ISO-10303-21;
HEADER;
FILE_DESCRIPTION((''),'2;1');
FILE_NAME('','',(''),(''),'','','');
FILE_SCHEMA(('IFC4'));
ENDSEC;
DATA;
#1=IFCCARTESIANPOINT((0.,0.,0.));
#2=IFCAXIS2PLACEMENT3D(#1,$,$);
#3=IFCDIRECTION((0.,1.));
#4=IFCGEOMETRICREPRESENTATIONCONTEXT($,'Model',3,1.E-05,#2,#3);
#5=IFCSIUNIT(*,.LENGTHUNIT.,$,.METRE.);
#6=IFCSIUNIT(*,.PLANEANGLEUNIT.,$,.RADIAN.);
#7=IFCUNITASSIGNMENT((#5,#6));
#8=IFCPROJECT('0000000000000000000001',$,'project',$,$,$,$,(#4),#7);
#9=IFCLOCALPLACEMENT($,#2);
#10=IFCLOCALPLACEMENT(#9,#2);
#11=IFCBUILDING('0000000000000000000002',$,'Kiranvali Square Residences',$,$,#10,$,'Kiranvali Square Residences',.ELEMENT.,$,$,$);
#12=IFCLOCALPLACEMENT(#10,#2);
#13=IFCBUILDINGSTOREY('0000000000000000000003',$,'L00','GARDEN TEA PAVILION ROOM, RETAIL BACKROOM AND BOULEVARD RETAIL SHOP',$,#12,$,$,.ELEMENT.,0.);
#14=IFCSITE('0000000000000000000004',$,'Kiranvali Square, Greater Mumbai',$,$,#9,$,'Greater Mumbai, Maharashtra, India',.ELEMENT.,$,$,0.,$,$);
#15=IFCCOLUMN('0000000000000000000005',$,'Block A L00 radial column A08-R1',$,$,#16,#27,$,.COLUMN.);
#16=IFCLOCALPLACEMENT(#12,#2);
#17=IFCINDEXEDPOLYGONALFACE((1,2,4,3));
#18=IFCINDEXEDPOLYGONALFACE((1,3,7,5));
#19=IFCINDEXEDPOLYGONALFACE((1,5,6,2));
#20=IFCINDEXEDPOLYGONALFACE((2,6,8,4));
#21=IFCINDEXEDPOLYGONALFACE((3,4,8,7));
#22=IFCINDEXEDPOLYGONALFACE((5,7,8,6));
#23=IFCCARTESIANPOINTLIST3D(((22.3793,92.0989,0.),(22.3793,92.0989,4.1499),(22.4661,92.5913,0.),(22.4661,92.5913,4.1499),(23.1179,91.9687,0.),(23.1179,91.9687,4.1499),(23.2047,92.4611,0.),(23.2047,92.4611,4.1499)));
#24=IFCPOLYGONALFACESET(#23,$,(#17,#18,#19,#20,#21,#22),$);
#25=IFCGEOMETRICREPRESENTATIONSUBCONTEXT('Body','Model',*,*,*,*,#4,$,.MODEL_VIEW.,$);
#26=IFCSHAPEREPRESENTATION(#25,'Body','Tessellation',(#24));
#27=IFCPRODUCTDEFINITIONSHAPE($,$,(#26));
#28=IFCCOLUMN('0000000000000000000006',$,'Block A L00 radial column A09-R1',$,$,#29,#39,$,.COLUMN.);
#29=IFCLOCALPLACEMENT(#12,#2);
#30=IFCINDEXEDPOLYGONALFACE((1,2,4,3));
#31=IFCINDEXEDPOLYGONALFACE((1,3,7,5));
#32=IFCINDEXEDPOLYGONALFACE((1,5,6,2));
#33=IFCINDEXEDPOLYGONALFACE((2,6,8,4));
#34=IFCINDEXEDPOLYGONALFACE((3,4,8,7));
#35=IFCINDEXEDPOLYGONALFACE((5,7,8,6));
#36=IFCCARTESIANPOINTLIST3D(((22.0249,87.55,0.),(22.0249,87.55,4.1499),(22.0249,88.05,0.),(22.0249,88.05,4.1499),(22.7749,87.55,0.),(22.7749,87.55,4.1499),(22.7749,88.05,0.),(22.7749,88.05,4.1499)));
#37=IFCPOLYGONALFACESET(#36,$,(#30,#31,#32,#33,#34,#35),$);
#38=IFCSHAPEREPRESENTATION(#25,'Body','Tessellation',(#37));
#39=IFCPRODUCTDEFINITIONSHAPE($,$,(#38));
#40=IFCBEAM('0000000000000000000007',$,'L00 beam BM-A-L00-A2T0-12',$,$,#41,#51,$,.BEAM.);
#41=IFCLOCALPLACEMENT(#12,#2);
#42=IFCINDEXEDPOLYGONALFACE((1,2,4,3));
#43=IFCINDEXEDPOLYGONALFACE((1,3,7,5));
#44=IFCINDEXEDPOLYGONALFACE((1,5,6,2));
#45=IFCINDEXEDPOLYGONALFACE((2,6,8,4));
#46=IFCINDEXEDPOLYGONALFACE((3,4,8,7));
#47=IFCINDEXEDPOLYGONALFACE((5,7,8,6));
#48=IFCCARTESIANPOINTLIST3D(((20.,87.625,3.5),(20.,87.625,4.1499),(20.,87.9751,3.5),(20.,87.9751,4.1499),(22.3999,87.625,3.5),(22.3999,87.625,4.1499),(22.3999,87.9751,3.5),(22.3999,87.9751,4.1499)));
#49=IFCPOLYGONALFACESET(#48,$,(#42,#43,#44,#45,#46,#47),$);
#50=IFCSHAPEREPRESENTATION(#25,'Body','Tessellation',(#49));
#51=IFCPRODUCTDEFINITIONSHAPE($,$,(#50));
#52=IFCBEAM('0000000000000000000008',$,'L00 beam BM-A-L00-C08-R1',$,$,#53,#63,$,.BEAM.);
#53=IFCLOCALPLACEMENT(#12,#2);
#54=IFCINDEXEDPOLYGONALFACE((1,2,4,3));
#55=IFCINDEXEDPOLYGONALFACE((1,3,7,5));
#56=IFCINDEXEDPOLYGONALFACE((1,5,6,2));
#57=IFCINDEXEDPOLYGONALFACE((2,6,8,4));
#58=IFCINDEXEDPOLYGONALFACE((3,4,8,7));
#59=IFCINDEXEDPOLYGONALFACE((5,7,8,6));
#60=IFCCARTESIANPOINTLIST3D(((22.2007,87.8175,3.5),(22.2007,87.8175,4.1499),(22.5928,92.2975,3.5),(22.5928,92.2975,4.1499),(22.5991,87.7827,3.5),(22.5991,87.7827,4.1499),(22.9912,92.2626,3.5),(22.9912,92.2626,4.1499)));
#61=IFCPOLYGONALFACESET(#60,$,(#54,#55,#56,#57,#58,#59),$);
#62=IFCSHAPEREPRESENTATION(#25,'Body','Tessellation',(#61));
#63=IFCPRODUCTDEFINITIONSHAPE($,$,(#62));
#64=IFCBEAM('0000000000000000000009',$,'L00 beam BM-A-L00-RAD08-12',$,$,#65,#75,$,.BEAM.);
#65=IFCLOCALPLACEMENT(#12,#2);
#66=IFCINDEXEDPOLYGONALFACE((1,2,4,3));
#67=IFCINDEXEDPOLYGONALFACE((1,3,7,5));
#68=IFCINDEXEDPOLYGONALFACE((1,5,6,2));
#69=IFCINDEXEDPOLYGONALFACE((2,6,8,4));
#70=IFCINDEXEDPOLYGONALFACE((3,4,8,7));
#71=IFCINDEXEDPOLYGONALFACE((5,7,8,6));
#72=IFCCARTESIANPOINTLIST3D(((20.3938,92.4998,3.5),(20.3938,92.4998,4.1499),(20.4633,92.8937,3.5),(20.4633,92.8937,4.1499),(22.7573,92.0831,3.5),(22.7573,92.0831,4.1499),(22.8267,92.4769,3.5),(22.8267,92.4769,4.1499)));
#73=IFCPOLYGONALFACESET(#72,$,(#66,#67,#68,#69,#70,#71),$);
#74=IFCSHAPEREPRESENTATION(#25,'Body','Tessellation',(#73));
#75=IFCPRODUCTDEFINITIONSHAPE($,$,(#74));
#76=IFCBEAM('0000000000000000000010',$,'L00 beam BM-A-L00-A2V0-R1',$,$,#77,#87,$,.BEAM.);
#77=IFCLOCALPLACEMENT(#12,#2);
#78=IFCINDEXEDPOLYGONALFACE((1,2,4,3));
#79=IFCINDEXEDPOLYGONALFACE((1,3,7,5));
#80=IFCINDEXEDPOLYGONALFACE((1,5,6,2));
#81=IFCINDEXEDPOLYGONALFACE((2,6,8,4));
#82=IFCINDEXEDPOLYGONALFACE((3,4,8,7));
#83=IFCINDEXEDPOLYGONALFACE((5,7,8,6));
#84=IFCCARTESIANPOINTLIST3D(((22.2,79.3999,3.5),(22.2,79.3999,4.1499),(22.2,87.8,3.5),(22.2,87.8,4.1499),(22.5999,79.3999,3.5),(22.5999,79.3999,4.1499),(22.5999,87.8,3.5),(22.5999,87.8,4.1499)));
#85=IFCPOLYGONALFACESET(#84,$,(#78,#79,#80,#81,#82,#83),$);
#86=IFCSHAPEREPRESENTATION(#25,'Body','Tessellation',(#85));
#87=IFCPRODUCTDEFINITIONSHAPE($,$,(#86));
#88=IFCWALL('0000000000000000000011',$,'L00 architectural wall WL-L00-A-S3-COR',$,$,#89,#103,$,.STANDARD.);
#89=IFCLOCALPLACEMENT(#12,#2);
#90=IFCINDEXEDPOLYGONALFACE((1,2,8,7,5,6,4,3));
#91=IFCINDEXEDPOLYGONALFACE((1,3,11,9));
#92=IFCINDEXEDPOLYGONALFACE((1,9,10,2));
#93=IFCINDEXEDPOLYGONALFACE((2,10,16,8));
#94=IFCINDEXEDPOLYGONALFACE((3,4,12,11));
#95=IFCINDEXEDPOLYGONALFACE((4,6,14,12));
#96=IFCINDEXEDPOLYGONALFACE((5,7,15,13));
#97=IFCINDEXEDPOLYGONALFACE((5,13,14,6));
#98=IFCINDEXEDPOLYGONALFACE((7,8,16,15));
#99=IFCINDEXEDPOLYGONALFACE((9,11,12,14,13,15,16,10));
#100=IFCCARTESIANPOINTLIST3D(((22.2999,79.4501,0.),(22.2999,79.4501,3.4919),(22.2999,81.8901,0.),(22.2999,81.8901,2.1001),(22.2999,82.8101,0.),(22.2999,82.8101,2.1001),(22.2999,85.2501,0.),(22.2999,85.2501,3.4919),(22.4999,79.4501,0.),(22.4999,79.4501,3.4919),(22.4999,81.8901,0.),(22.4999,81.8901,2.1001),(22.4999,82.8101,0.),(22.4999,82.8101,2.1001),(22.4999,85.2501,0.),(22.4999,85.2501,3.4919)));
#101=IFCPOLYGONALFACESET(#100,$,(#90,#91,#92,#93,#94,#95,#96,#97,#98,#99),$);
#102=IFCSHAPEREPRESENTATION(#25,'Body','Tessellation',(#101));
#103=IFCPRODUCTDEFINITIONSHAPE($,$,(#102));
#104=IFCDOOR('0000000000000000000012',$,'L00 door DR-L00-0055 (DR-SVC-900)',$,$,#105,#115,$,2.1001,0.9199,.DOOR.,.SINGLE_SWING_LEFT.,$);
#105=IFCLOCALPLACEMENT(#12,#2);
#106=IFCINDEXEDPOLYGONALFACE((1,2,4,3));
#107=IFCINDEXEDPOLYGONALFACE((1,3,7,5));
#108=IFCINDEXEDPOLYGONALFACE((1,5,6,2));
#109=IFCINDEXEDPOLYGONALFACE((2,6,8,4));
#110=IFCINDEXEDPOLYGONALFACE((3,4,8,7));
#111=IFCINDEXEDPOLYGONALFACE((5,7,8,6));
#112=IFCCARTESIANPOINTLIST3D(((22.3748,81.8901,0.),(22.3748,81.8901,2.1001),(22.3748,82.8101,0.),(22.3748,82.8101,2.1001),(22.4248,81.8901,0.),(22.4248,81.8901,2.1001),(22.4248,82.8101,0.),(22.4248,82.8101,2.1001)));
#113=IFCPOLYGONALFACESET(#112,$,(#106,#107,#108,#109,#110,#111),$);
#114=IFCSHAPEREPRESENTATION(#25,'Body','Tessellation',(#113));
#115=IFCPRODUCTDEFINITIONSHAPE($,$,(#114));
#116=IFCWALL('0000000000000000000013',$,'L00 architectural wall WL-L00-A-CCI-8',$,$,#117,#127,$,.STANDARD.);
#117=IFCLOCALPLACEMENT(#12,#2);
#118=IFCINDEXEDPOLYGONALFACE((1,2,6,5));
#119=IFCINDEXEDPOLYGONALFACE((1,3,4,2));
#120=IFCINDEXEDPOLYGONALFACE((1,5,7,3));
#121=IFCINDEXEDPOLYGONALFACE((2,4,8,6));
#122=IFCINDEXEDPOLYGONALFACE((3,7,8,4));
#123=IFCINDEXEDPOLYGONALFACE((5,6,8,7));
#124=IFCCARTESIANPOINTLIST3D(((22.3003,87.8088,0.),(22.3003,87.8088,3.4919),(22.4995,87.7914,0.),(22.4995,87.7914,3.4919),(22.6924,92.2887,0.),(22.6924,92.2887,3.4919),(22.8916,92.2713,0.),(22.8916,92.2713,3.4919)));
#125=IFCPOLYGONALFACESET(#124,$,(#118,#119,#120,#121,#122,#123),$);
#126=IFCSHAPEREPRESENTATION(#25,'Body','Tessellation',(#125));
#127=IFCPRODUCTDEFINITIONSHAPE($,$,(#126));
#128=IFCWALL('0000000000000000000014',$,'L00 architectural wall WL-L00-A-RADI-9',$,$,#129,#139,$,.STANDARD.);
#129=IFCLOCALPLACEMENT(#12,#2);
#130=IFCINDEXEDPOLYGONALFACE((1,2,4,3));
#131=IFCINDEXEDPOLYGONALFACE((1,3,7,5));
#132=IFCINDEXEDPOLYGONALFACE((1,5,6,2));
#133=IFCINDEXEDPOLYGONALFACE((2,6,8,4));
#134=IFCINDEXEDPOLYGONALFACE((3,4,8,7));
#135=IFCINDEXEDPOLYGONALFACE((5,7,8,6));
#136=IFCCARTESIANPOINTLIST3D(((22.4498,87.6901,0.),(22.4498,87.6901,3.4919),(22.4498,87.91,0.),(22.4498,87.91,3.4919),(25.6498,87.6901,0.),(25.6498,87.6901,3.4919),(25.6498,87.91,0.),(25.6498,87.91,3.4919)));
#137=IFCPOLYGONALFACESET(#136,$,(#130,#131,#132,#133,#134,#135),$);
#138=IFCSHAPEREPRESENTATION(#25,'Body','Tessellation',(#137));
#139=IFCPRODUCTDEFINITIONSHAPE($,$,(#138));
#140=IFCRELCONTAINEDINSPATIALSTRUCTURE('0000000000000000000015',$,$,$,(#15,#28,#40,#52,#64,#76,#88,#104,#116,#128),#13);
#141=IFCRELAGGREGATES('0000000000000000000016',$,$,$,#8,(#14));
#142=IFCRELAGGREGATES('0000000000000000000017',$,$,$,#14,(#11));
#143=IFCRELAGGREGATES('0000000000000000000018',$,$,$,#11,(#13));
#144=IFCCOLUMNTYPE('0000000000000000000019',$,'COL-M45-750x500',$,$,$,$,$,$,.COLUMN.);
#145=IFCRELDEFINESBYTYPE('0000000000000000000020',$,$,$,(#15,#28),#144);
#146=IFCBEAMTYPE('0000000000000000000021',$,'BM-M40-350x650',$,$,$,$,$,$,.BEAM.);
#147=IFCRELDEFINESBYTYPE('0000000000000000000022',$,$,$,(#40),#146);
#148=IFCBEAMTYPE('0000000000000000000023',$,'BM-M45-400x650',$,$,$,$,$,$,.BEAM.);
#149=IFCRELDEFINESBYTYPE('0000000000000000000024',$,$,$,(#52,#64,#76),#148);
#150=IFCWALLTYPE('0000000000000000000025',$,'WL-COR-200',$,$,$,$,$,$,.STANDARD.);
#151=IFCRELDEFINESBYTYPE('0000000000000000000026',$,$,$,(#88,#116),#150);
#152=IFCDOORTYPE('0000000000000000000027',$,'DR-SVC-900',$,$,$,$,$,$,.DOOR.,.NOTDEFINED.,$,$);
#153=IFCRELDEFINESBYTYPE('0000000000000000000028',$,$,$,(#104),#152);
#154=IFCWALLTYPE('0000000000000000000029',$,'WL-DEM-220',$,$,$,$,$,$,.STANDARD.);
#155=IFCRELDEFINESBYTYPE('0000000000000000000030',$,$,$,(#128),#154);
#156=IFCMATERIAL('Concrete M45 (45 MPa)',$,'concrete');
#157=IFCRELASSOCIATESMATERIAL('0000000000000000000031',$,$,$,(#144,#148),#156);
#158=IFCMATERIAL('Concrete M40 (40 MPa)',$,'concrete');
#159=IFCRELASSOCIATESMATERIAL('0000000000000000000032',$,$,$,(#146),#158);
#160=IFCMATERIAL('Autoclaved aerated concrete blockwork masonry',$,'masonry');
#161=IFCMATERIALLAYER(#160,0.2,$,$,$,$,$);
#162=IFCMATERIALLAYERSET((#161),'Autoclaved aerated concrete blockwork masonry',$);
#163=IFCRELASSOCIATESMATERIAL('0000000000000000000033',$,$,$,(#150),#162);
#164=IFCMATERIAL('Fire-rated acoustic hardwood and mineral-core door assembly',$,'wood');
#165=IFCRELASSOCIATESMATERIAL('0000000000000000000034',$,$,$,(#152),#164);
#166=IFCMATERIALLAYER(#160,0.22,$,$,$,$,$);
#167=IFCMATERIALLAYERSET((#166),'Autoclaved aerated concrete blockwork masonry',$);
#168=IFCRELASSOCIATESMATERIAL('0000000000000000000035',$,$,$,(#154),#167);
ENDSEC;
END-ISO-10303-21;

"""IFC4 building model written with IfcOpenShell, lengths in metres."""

from ifc_helpers import new_model, si_unit, direction, frame, frame_2d, origin, origin_2d, place, context, subcontext, project, spatial, rectangle, extrude, material, layer, layer_set, material_profile, profile_set, type_object, element, fill, save


model = new_model("IFC4")

# Units and contexts
model_context = context("Model", 3, precision=1e-05, world=origin(), true_north=direction((0.0, 1.0)))
body_context = subcontext(model_context, "Body", "Model", "MODEL_VIEW")
ifc_project = project(units=[si_unit("LENGTHUNIT", "METRE"), si_unit("PLANEANGLEUNIT", "RADIAN")], contexts=[model_context])

# Site, building, storey
site_placement = place(None, origin())
site = spatial("IfcSite", under=ifc_project, at=site_placement, Name="Kiranvali Square, Greater Mumbai", LongName="Greater Mumbai, Maharashtra, India", CompositionType="ELEMENT", RefElevation=0.0)
building_placement = place(site_placement, origin())
building = spatial("IfcBuilding", under=site, at=building_placement, Name="Kiranvali Square Residences", LongName="Kiranvali Square Residences", CompositionType="ELEMENT")
storey_placement = place(building_placement, origin())
storey = spatial("IfcBuildingStorey", under=building, at=storey_placement, Name="L00", Description="GARDEN TEA PAVILION ROOM, RETAIL BACKROOM AND BOULEVARD RETAIL SHOP", CompositionType="ELEMENT", Elevation=0.0)

# Columns
ifc_material_1 = material(Name="Concrete M45 (45 MPa)", Category="concrete")
ifc_material_profile_1 = material_profile(ifc_material_1, rectangle(XDim=0.5, YDim=0.75, at=origin_2d()), Name="RC 750x500")
ifc_profile_set_1 = profile_set([ifc_material_profile_1], Name="Concrete M45 (45 MPa)")
column_type = type_object("IfcColumnType", Name="COL-M45-750x500", PredefinedType="COLUMN", material=ifc_profile_set_1)
for number, where, z_axis, x_axis, name in (
    (1, (22.792, 92.28, 0.0), (0.0, 0.0, 1.0), (0.173648, 0.984808, 0.0), "Block A L00 radial column A08-R1"),
    (2, (22.3999, 87.8, 0.0), (0.0, 0.0, 1.0), (0.0, 1.0, 0.0), "Block A L00 radial column A09-R1"),
):
    element("IfcColumn", number, at=place(storey_placement, frame(where, z_axis=z_axis, x_axis=x_axis)), inside=storey, type_object=column_type, Name=name, PredefinedType="COLUMN", context=body_context, shape_type="SweptSolid", body=[
        extrude(rectangle(XDim=0.5, YDim=0.75, at=origin_2d()), origin(), (0.0, 0.0, 1.0), 4.1499),
    ])

# Beams
ifc_material_2 = material(Name="Concrete M40 (40 MPa)", Category="concrete")
ifc_material_profile_2 = material_profile(ifc_material_2, rectangle(XDim=0.3501, YDim=0.6499, at=origin_2d()), Name="RC 350x650")
ifc_profile_set_2 = profile_set([ifc_material_profile_2], Name="Concrete M40 (40 MPa)")
beam_type_1 = type_object("IfcBeamType", Name="BM-M40-350x650", PredefinedType="BEAM", material=ifc_profile_set_2)
beam_1_placement = place(storey_placement, frame((22.3999, 87.8, 3.825), z_axis=(-1.0, 0.0, 0.0), x_axis=(0.0, -1.0, 0.0)))
element("IfcBeam", 3, at=beam_1_placement, inside=storey, type_object=beam_type_1, Name="L00 beam BM-A-L00-A2T0-12", PredefinedType="BEAM", context=body_context, shape_type="SweptSolid", body=[
    extrude(rectangle(XDim=0.3501, YDim=0.6499, at=origin_2d()), origin(), (0.0, 0.0, 1.0), 2.3999),
])
ifc_material_profile_3 = material_profile(ifc_material_1, rectangle(XDim=0.3999, YDim=0.6499, at=origin_2d()), Name="RC 400x650")
ifc_profile_set_3 = profile_set([ifc_material_profile_3], Name="Concrete M45 (45 MPa)")
beam_type_2 = type_object("IfcBeamType", Name="BM-M45-400x650", PredefinedType="BEAM", material=ifc_profile_set_3)
beam_2_placement = place(storey_placement, frame((22.792, 92.28, 3.825), z_axis=(-0.087187, -0.996192, 0.0), x_axis=(0.996192, -0.087187, 0.0)))
element("IfcBeam", 4, at=beam_2_placement, inside=storey, type_object=beam_type_2, Name="L00 beam BM-A-L00-C08-R1", PredefinedType="BEAM", context=body_context, shape_type="SweptSolid", body=[
    extrude(rectangle(XDim=0.3999, YDim=0.6499, at=origin_2d()), origin(), (0.0, 0.0, 1.0), 4.4971),
])
beam_3_placement = place(storey_placement, frame((22.792, 92.28, 3.825), z_axis=(-0.984808, 0.173646, 0.0), x_axis=(-0.173646, -0.984808, 0.0)))
element("IfcBeam", 5, at=beam_3_placement, inside=storey, type_object=beam_type_2, Name="L00 beam BM-A-L00-RAD08-12", PredefinedType="BEAM", context=body_context, shape_type="SweptSolid", body=[
    extrude(rectangle(XDim=0.3999, YDim=0.6499, at=origin_2d()), origin(), (0.0, 0.0, 1.0), 2.3999),
])
beam_4_placement = place(storey_placement, frame((22.3999, 87.8, 3.825), z_axis=(0.0, -1.0, 0.0), x_axis=(1.0, 0.0, 0.0)))
element("IfcBeam", 6, at=beam_4_placement, inside=storey, type_object=beam_type_2, Name="L00 beam BM-A-L00-A2V0-R1", PredefinedType="BEAM", context=body_context, shape_type="SweptSolid", body=[
    extrude(rectangle(XDim=0.3999, YDim=0.6499, at=origin_2d()), origin(), (0.0, 0.0, 1.0), 8.4001),
])

# Wall, opening, door
ifc_material_3 = material(Name="Autoclaved aerated concrete blockwork masonry", Category="masonry")
ifc_layer_1 = layer(ifc_material_3, 0.2)
ifc_layer_set_1 = layer_set([ifc_layer_1], Name="Autoclaved aerated concrete blockwork masonry")
wall_type_1 = type_object("IfcWallType", Name="WL-COR-200", PredefinedType="STANDARD", material=ifc_layer_set_1)
ifc_material_4 = material(Name="Fire-rated acoustic hardwood and mineral-core door assembly", Category="wood")
wall_1_placement = place(storey_placement, frame((22.3999, 85.25, 0.0), z_axis=(0.0, 0.0, 1.0), x_axis=(0.0, -1.0, 0.0)))
wall_1 = element("IfcWall", 7, at=wall_1_placement, inside=storey, type_object=wall_type_1, Name="L00 architectural wall WL-L00-A-S3-COR", PredefinedType="STANDARD", context=body_context, shape_type="SweptSolid", body=[
    extrude(rectangle(XDim=5.8, YDim=0.2, at=frame_2d((2.8999, 0.0))), origin(), (0.0, 0.0, 1.0), 3.4919),
])
opening_1_placement = place(wall_1_placement, frame((2.4399, 0.0, 0.0)))
opening_1 = element("IfcOpeningElement", 8, at=opening_1_placement, cuts=wall_1, PredefinedType="OPENING", context=body_context, shape_type="SweptSolid", body=[
    extrude(rectangle(XDim=0.9199, YDim=2.1001, at=frame_2d((0.46, 1.05))), frame((0.0, 0.1099, 0.0), z_axis=(0.0, -1.0, 0.0), x_axis=(1.0, 0.0, 0.0)), (0.0, 0.0, 1.0), 0.22),
])
door_type_1 = type_object("IfcDoorType", Name="DR-SVC-900", OperationType="NOTDEFINED", PredefinedType="DOOR", material=ifc_material_4)
door_1_placement = place(opening_1_placement, origin())
door_1 = element("IfcDoor", 9, at=door_1_placement, inside=storey, type_object=door_type_1, Name="L00 door DR-L00-0055 (DR-SVC-900)", OperationType="SINGLE_SWING_LEFT", OverallHeight=2.1001, OverallWidth=0.9199, PredefinedType="DOOR", context=body_context, shape_type="SweptSolid", body=[
    extrude(rectangle(XDim=0.9199, YDim=2.1001, at=frame_2d((0.46, 1.05))), frame((0.0, 0.0249, 0.0), z_axis=(0.0, -1.0, 0.0), x_axis=(1.0, 0.0, 0.0)), (0.0, 0.0, 1.0), 0.05),
])
fill(opening_1, door_1)

# Walls
wall_2_placement = place(storey_placement, frame((22.792, 92.28, 0.0), z_axis=(0.0, 0.0, 1.0), x_axis=(-0.087187, -0.996192, 0.0)))
element("IfcWall", 10, at=wall_2_placement, inside=storey, type_object=wall_type_1, Name="L00 architectural wall WL-L00-A-CCI-8", PredefinedType="STANDARD", context=body_context, shape_type="SweptSolid", body=[
    extrude(rectangle(XDim=4.4971, YDim=0.2, at=frame_2d((2.2485, 0.0))), origin(), (0.0, 0.0, 1.0), 3.4919),
])
ifc_layer_2 = layer(ifc_material_3, 0.22)
ifc_layer_set_2 = layer_set([ifc_layer_2], Name="Autoclaved aerated concrete blockwork masonry")
wall_type_2 = type_object("IfcWallType", Name="WL-DEM-220", PredefinedType="STANDARD", material=ifc_layer_set_2)
wall_3_placement = place(storey_placement, frame((25.6499, 87.8, 0.0), z_axis=(0.0, 0.0, 1.0), x_axis=(-1.0, 0.0, 0.0)))
element("IfcWall", 11, at=wall_3_placement, inside=storey, type_object=wall_type_2, Name="L00 architectural wall WL-L00-A-RADI-9", PredefinedType="STANDARD", context=body_context, shape_type="SweptSolid", body=[
    extrude(rectangle(XDim=3.2, YDim=0.22, at=frame_2d((1.6001, 0.0))), origin(), (0.0, 0.0, 1.0), 3.4919),
])

save(model, "model.ifc")
